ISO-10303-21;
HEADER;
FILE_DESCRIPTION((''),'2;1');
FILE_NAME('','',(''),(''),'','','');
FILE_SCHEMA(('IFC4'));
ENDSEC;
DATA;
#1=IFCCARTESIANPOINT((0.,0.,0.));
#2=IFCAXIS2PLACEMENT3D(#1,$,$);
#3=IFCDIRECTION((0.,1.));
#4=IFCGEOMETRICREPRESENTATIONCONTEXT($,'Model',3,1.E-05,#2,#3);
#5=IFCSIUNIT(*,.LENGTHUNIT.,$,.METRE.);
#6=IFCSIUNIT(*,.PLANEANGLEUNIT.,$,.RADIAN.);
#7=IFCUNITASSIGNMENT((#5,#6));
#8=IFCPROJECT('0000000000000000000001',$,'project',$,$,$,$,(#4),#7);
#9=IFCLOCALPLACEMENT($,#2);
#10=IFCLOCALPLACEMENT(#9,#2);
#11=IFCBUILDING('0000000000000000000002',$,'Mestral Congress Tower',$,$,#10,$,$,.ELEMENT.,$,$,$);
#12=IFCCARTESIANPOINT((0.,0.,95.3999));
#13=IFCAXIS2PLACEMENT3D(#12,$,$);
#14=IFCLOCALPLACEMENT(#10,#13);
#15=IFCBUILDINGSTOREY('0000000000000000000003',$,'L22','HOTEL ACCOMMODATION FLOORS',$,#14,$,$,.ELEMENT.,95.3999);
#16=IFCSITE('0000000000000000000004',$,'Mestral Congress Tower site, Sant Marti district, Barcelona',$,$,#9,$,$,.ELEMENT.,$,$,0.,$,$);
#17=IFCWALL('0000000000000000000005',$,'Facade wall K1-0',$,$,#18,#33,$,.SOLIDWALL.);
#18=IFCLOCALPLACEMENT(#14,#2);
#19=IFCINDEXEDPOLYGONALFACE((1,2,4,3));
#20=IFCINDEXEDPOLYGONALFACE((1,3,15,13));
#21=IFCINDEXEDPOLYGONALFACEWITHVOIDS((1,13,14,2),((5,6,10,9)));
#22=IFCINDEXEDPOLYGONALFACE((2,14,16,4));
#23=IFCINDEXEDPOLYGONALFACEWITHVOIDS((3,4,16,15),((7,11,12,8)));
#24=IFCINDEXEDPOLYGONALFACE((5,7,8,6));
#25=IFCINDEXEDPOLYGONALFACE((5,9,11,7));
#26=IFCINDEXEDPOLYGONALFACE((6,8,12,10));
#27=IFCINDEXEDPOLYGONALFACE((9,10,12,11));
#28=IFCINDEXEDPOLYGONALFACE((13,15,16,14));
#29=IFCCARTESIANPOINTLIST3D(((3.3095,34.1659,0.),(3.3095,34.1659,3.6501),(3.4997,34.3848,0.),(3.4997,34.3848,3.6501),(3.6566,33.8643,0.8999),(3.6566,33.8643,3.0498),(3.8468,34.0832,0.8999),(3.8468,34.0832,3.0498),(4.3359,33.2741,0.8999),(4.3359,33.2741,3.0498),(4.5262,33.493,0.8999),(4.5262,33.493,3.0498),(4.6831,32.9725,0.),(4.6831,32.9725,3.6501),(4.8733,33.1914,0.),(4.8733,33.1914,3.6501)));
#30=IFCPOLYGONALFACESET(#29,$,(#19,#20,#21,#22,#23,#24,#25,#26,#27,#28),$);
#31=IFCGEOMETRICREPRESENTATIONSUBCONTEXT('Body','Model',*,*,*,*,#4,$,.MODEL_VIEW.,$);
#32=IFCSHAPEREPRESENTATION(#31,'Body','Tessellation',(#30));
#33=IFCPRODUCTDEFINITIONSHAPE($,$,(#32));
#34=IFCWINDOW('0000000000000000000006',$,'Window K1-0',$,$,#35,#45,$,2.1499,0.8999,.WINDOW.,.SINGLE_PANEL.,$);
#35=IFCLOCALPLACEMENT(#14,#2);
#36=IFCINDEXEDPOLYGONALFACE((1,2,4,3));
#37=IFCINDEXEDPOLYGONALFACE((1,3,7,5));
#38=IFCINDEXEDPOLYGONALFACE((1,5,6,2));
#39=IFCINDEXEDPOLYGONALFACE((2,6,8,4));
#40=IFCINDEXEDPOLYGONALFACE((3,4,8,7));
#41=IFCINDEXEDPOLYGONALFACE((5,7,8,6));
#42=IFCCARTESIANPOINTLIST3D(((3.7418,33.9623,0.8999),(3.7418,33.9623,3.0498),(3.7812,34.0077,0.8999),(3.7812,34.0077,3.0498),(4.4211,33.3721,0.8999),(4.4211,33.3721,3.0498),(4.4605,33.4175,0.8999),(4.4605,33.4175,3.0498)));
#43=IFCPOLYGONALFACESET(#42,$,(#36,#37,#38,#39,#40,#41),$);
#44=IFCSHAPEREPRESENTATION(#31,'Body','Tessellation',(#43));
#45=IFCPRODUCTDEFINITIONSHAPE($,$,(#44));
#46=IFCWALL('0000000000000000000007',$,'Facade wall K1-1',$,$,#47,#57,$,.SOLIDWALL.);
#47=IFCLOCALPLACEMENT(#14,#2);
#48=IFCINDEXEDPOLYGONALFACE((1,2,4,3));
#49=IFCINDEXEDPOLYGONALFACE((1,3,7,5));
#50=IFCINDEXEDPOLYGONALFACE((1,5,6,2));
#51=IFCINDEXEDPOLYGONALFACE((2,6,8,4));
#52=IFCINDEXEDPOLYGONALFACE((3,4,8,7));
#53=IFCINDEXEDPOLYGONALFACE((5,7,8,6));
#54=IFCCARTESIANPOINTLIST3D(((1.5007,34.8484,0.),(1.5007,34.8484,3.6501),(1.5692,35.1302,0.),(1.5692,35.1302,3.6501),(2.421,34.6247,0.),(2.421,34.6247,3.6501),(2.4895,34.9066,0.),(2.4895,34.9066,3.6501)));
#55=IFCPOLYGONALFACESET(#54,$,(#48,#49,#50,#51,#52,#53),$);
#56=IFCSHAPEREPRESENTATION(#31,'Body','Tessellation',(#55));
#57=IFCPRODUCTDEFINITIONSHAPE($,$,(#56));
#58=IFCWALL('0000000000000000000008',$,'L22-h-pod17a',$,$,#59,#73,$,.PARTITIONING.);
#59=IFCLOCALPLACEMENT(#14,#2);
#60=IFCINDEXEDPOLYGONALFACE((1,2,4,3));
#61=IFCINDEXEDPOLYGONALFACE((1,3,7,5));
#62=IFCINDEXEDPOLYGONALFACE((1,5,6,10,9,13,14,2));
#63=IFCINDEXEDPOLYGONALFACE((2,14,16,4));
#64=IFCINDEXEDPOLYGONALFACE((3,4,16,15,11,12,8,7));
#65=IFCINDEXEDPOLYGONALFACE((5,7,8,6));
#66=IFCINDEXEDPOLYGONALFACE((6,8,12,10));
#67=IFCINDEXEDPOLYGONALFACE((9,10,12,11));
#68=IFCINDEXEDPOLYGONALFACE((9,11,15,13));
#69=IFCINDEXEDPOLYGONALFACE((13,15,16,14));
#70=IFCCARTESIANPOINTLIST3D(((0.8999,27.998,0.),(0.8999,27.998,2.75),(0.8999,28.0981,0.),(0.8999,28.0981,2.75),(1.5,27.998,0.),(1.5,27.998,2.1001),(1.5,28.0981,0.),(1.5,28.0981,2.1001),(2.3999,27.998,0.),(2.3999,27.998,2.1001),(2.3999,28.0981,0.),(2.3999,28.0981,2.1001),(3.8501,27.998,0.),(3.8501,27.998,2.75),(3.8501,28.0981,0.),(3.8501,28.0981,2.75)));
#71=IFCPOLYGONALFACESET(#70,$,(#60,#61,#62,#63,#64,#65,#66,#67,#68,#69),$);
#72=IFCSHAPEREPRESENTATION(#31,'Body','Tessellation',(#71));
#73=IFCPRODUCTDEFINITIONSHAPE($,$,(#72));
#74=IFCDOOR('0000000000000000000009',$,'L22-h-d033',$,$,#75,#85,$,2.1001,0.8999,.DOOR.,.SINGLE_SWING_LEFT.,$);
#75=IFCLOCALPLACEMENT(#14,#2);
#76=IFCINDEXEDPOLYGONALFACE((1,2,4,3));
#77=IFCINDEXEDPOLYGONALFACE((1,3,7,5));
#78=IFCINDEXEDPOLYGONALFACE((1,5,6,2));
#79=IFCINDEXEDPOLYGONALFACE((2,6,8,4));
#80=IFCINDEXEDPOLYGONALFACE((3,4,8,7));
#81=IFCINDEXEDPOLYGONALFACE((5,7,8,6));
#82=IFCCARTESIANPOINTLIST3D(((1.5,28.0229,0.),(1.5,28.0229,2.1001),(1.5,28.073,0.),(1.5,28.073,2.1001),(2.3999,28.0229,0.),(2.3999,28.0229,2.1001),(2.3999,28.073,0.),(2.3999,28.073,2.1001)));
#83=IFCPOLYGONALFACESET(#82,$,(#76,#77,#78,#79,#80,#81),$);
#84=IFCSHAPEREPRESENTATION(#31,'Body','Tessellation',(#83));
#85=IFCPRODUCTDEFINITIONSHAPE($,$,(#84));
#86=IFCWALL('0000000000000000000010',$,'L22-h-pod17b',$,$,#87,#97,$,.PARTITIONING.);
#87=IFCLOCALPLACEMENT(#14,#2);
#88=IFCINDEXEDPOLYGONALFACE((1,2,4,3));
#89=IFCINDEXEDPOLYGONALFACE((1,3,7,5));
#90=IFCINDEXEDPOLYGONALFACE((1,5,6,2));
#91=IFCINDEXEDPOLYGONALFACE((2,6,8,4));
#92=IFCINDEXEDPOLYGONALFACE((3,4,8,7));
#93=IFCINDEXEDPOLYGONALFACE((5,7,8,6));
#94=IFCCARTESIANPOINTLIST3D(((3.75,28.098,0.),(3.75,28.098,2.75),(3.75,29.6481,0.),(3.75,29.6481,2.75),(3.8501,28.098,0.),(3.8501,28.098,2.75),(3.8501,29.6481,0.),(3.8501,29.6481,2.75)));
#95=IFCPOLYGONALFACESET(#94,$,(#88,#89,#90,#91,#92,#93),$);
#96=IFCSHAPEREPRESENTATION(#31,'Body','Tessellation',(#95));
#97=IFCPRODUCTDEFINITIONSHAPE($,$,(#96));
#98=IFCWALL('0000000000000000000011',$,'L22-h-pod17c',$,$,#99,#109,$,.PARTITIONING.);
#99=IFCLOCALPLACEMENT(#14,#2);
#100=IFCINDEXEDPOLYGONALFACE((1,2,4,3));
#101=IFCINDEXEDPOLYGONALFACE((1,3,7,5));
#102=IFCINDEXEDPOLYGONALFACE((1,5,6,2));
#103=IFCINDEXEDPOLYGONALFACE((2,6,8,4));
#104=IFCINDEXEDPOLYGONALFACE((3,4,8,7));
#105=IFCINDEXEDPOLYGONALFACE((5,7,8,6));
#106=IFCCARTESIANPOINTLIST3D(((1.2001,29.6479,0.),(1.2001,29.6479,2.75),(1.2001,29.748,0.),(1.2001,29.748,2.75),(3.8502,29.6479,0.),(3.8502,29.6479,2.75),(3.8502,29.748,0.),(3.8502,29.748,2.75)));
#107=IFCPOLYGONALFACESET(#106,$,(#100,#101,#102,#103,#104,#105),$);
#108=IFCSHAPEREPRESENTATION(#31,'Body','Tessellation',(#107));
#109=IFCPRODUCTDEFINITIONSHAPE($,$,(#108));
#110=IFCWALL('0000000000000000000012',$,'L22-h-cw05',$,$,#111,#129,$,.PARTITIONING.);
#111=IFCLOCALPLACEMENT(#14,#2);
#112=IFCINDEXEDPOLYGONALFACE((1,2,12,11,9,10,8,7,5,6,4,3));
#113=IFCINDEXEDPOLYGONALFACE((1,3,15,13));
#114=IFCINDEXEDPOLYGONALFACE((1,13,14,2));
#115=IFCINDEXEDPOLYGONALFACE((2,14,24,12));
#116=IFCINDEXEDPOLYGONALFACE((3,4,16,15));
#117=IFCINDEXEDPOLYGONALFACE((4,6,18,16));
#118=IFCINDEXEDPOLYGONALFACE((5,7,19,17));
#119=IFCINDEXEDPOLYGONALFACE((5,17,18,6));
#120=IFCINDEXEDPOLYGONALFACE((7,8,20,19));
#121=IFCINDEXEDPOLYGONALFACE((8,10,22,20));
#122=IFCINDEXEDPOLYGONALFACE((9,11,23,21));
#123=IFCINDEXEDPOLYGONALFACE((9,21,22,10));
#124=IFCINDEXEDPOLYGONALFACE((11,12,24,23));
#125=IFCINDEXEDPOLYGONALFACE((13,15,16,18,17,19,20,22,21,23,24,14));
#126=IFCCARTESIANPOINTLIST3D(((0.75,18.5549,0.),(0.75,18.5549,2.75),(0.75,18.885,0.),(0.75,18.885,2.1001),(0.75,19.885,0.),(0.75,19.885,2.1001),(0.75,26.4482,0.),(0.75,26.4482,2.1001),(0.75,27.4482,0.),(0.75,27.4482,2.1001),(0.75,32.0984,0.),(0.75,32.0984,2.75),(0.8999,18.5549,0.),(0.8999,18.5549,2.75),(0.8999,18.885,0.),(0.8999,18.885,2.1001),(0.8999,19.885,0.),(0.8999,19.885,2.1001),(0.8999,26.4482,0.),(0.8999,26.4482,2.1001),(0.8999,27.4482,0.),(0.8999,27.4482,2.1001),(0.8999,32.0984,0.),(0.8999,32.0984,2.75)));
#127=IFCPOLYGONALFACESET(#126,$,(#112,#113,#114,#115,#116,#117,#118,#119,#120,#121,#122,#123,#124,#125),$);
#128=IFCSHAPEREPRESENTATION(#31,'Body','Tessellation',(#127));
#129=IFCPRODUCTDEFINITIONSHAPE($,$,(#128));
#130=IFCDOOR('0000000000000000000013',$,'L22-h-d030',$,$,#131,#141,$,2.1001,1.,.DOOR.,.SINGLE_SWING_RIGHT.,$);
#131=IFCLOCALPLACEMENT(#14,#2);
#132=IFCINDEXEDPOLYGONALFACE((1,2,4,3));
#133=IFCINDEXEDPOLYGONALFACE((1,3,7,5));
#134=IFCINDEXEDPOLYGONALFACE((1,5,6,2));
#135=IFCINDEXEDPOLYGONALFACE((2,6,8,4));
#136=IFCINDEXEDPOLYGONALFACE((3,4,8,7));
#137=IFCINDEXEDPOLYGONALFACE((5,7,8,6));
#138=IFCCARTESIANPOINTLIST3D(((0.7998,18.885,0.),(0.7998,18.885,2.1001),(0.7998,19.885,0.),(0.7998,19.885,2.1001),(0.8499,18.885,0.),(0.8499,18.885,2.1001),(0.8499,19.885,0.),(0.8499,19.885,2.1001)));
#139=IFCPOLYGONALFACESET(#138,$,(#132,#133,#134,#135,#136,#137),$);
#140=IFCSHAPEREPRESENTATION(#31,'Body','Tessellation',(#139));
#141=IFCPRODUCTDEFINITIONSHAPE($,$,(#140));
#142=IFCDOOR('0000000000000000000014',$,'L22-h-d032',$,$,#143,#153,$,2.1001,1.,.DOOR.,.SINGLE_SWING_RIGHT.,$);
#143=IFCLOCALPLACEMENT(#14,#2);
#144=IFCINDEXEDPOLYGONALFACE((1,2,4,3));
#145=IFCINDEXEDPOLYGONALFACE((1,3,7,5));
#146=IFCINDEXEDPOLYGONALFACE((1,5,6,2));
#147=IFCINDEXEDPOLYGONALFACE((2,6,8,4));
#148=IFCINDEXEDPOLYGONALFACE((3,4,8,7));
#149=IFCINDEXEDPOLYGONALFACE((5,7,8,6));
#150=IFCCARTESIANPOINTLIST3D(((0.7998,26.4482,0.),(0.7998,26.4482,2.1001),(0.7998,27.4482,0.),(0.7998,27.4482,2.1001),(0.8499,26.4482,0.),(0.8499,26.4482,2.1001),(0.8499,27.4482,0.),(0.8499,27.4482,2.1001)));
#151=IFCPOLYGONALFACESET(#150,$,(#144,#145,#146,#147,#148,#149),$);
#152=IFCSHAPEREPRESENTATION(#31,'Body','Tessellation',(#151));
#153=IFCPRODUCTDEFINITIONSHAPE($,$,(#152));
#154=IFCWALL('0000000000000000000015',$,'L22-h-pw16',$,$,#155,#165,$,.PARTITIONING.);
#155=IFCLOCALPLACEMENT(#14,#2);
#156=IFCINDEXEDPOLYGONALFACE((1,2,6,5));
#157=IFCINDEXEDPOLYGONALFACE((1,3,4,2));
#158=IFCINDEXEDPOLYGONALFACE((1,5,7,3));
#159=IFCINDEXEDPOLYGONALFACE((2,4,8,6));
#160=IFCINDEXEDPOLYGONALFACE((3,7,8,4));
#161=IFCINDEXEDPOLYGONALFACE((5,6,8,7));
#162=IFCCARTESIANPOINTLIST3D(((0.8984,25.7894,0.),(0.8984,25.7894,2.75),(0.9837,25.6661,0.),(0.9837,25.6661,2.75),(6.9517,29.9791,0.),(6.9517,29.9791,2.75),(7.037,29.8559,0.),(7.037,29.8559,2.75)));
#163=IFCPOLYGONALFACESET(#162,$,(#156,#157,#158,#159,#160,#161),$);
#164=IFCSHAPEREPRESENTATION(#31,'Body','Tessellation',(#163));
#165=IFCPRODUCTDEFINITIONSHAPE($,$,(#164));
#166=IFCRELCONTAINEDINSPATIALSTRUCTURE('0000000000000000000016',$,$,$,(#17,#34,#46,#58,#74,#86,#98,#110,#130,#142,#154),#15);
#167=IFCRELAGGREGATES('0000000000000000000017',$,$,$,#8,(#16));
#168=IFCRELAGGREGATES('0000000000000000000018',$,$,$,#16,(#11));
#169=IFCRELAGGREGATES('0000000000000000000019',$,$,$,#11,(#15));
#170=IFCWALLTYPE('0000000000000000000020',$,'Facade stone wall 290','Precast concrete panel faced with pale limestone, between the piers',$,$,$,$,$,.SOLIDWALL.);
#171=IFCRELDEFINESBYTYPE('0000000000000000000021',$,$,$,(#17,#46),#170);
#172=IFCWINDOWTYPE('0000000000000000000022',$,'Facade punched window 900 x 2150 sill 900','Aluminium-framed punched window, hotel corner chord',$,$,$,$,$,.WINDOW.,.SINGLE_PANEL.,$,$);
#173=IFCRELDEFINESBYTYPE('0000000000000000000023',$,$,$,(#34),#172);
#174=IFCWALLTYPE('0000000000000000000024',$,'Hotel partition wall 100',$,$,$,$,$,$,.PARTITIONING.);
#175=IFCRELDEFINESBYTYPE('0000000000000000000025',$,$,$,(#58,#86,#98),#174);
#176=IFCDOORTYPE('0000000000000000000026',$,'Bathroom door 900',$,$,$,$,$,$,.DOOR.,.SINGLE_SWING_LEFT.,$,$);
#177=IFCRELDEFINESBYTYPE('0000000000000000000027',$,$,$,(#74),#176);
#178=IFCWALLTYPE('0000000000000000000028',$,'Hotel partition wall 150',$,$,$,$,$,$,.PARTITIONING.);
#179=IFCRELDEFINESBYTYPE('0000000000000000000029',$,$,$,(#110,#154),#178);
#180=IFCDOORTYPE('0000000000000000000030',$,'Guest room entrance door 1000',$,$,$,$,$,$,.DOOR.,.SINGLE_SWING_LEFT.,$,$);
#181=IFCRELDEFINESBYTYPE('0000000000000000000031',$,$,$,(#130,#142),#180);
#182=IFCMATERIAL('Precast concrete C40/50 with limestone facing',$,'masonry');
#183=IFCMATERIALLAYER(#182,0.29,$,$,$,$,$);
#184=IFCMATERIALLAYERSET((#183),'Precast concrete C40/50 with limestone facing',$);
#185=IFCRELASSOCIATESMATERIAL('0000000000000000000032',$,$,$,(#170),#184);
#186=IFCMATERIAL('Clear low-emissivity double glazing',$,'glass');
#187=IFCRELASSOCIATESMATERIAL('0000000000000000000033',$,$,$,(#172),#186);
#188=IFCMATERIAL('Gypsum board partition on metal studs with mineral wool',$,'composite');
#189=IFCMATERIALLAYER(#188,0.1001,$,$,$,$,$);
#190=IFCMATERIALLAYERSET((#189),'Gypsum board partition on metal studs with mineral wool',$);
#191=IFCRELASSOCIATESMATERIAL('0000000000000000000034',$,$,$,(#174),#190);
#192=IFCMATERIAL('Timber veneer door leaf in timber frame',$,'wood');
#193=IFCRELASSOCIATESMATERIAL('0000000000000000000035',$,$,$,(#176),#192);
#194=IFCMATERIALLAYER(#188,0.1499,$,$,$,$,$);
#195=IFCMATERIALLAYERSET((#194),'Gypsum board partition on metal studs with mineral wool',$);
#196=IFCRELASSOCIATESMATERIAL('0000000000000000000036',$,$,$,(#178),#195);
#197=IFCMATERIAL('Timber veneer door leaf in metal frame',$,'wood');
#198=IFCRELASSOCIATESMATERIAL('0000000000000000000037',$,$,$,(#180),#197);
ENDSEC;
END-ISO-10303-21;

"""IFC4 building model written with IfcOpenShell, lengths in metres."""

from ifc_helpers import new_model, si_unit, direction, frame, frame_2d, origin, place, context, subcontext, project, spatial, rectangle, extrude, material, layer, layer_set, type_object, element, fill, save


model = new_model("IFC4")

# Units and contexts
model_context = context("Model", 3, precision=1e-05, world=origin(), true_north=direction((0.0, 1.0)))
body_context = subcontext(model_context, "Body", "Model", "MODEL_VIEW")
ifc_project = project(units=[si_unit("LENGTHUNIT", "METRE"), si_unit("PLANEANGLEUNIT", "RADIAN")], contexts=[model_context])

# Site, building, storey
site_placement = place(None, origin())
site = spatial("IfcSite", under=ifc_project, at=site_placement, Name="Mestral Congress Tower site, Sant Marti district, Barcelona", CompositionType="ELEMENT", RefElevation=0.0)
building_placement = place(site_placement, origin())
building = spatial("IfcBuilding", under=site, at=building_placement, Name="Mestral Congress Tower", CompositionType="ELEMENT")
storey_placement = place(building_placement, frame((0.0, 0.0, 95.3999)))
storey = spatial("IfcBuildingStorey", under=building, at=storey_placement, Name="L22", Description="HOTEL ACCOMMODATION FLOORS", CompositionType="ELEMENT", Elevation=95.3999)

# Wall, opening, window
ifc_material_1 = material(Name="Precast concrete C40/50 with limestone facing", Category="masonry")
ifc_layer_1 = layer(ifc_material_1, 0.29)
ifc_layer_set_1 = layer_set([ifc_layer_1], Name="Precast concrete C40/50 with limestone facing")
wall_type_1 = type_object("IfcWallType", Name="Facade stone wall 290", Description="Precast concrete panel faced with pale limestone, between the piers", PredefinedType="SOLIDWALL", material=ifc_layer_set_1)
wall_1_placement = place(storey_placement, frame((4.7781, 33.082, 0.0), z_axis=(0.0, 0.0, 1.0), x_axis=(-0.754883, 0.65586, 0.0)))
wall_1 = element("IfcWall", 1, at=wall_1_placement, inside=storey, type_object=wall_type_1, Name="Facade wall K1-0", PredefinedType="SOLIDWALL", context=body_context, shape_type="SweptSolid", body=[
    extrude(rectangle(XDim=1.8196, YDim=0.29, at=frame_2d((0.9097, 0.0))), origin(), (0.0, 0.0, 1.0), 3.6501),
])
opening_1_placement = place(wall_1_placement, frame((0.4597, 0.0, 0.8999)))
opening_1 = element("IfcOpeningElement", 2, at=opening_1_placement, cuts=wall_1, PredefinedType="OPENING", context=body_context, shape_type="SweptSolid", body=[
    extrude(rectangle(XDim=0.8999, YDim=2.1499, at=frame_2d((0.45, 1.075))), frame((0.0, 0.155, 0.0), z_axis=(0.0, -1.0, 0.0), x_axis=(1.0, 0.0, 0.0)), (0.0, 0.0, 1.0), 0.3101),
])
ifc_material_2 = material(Name="Clear low-emissivity double glazing", Category="glass")
window_type = type_object("IfcWindowType", Name="Facade punched window 900 x 2150 sill 900", Description="Aluminium-framed punched window, hotel corner chord", PartitioningType="SINGLE_PANEL", PredefinedType="WINDOW", material=ifc_material_2)
window_placement = place(opening_1_placement, origin())
window = element("IfcWindow", 3, at=window_placement, inside=storey, type_object=window_type, Name="Window K1-0", OverallHeight=2.1499, OverallWidth=0.8999, PartitioningType="SINGLE_PANEL", PredefinedType="WINDOW", context=body_context, shape_type="SweptSolid", body=[
    extrude(rectangle(XDim=0.8999, YDim=2.1499, at=frame_2d((0.45, 1.075))), frame((0.0, 0.0151, 0.0), z_axis=(0.0, -1.0, 0.0), x_axis=(1.0, 0.0, 0.0)), (0.0, 0.0, 1.0), 0.0601),
])
fill(opening_1, window)

# Wall
wall_2_placement = place(storey_placement, frame((2.4553, 34.7656, 0.0), z_axis=(0.0, 0.0, 1.0), x_axis=(-0.971714, 0.236161, 0.0)))
element("IfcWall", 4, at=wall_2_placement, inside=storey, type_object=wall_type_1, Name="Facade wall K1-1", PredefinedType="SOLIDWALL", context=body_context, shape_type="SweptSolid", body=[
    extrude(rectangle(XDim=0.947, YDim=0.29, at=frame_2d((0.4736, 0.0))), origin(), (0.0, 0.0, 1.0), 3.6501),
])

# Wall, opening, door
ifc_material_3 = material(Name="Gypsum board partition on metal studs with mineral wool", Category="composite")
ifc_layer_2 = layer(ifc_material_3, 0.1001)
ifc_layer_set_2 = layer_set([ifc_layer_2], Name="Gypsum board partition on metal studs with mineral wool")
wall_type_2 = type_object("IfcWallType", Name="Hotel partition wall 100", PredefinedType="PARTITIONING", material=ifc_layer_set_2)
wall_3_placement = place(storey_placement, frame((0.8999, 28.0481, 0.0), z_axis=(0.0, 0.0, 1.0), x_axis=(1.0, 0.0, 0.0)))
wall_3 = element("IfcWall", 5, at=wall_3_placement, inside=storey, type_object=wall_type_2, Name="L22-h-pod17a", PredefinedType="PARTITIONING", context=body_context, shape_type="SweptSolid", body=[
    extrude(rectangle(XDim=2.9502, YDim=0.1001, at=frame_2d((1.4751, 0.0))), origin(), (0.0, 0.0, 1.0), 2.75),
])
opening_2_placement = place(wall_3_placement, frame((0.6001, 0.0, 0.0)))
opening_2 = element("IfcOpeningElement", 6, at=opening_2_placement, cuts=wall_3, PredefinedType="OPENING", context=body_context, shape_type="SweptSolid", body=[
    extrude(rectangle(XDim=0.8999, YDim=2.1001, at=frame_2d((0.45, 1.05))), frame((0.0, 0.0601, 0.0), z_axis=(0.0, -1.0, 0.0), x_axis=(1.0, 0.0, 0.0)), (0.0, 0.0, 1.0), 0.1201),
])
ifc_material_4 = material(Name="Timber veneer door leaf in timber frame", Category="wood")
door_type_1 = type_object("IfcDoorType", Name="Bathroom door 900", OperationType="SINGLE_SWING_LEFT", PredefinedType="DOOR", material=ifc_material_4)
door_1_placement = place(opening_2_placement, origin())
door_1 = element("IfcDoor", 7, at=door_1_placement, inside=storey, type_object=door_type_1, Name="L22-h-d033", OperationType="SINGLE_SWING_LEFT", OverallHeight=2.1001, OverallWidth=0.8999, PredefinedType="DOOR", context=body_context, shape_type="SweptSolid", body=[
    extrude(rectangle(XDim=0.8999, YDim=2.1001, at=frame_2d((0.45, 1.05))), frame((0.0, 0.0249, 0.0), z_axis=(0.0, -1.0, 0.0), x_axis=(1.0, 0.0, 0.0)), (0.0, 0.0, 1.0), 0.05),
])
fill(opening_2, door_1)

# Walls
wall_4_placement = place(storey_placement, frame((3.8, 28.0981, 0.0), z_axis=(0.0, 0.0, 1.0), x_axis=(0.0, 1.0, 0.0)))
element("IfcWall", 8, at=wall_4_placement, inside=storey, type_object=wall_type_2, Name="L22-h-pod17b", PredefinedType="PARTITIONING", context=body_context, shape_type="SweptSolid", body=[
    extrude(rectangle(XDim=1.55, YDim=0.1001, at=frame_2d((0.7749, 0.0))), origin(), (0.0, 0.0, 1.0), 2.75),
])
wall_5_placement = place(storey_placement, frame((1.2, 29.698, 0.0), z_axis=(0.0, 0.0, 1.0), x_axis=(1.0, 0.0, 0.0)))
element("IfcWall", 9, at=wall_5_placement, inside=storey, type_object=wall_type_2, Name="L22-h-pod17c", PredefinedType="PARTITIONING", context=body_context, shape_type="SweptSolid", body=[
    extrude(rectangle(XDim=2.6501, YDim=0.1001, at=frame_2d((1.3252, 0.0))), origin(), (0.0, 0.0, 1.0), 2.75),
])

# Wall, openings, doors
ifc_layer_3 = layer(ifc_material_3, 0.1499)
ifc_layer_set_3 = layer_set([ifc_layer_3], Name="Gypsum board partition on metal studs with mineral wool")
wall_type_3 = type_object("IfcWallType", Name="Hotel partition wall 150", PredefinedType="PARTITIONING", material=ifc_layer_set_3)
wall_6_placement = place(storey_placement, frame((0.825, 32.0984, 0.0), z_axis=(0.0, 0.0, 1.0), x_axis=(0.0, -1.0, 0.0)))
wall_6 = element("IfcWall", 10, at=wall_6_placement, inside=storey, type_object=wall_type_3, Name="L22-h-cw05", PredefinedType="PARTITIONING", context=body_context, shape_type="SweptSolid", body=[
    extrude(rectangle(XDim=13.5435, YDim=0.1499, at=frame_2d((6.7717, 0.0))), origin(), (0.0, 0.0, 1.0), 2.75),
])
opening_3_placement = place(wall_6_placement, frame((12.2134, 0.0, 0.0)))
opening_3 = element("IfcOpeningElement", 11, at=opening_3_placement, cuts=wall_6, PredefinedType="OPENING", context=body_context, shape_type="SweptSolid", body=[
    extrude(rectangle(XDim=1.0, YDim=2.1001, at=frame_2d((0.5, 1.05))), frame((0.0, 0.085, 0.0), z_axis=(0.0, -1.0, 0.0), x_axis=(1.0, 0.0, 0.0)), (0.0, 0.0, 1.0), 0.1699),
])
opening_4_placement = place(wall_6_placement, frame((4.6501, 0.0, 0.0)))
opening_4 = element("IfcOpeningElement", 12, at=opening_4_placement, cuts=wall_6, PredefinedType="OPENING", context=body_context, shape_type="SweptSolid", body=[
    extrude(rectangle(XDim=1.0, YDim=2.1001, at=frame_2d((0.5, 1.05))), frame((0.0, 0.085, 0.0), z_axis=(0.0, -1.0, 0.0), x_axis=(1.0, 0.0, 0.0)), (0.0, 0.0, 1.0), 0.1699),
])
ifc_material_5 = material(Name="Timber veneer door leaf in metal frame", Category="wood")
door_type_2 = type_object("IfcDoorType", Name="Guest room entrance door 1000", OperationType="SINGLE_SWING_LEFT", PredefinedType="DOOR", material=ifc_material_5)
door_2_placement = place(opening_3_placement, origin())
door_2 = element("IfcDoor", 13, at=door_2_placement, inside=storey, type_object=door_type_2, Name="L22-h-d030", OperationType="SINGLE_SWING_RIGHT", OverallHeight=2.1001, OverallWidth=1.0, PredefinedType="DOOR", context=body_context, shape_type="SweptSolid", body=[
    extrude(rectangle(XDim=1.0, YDim=2.1001, at=frame_2d((0.5, 1.05))), frame((0.0, 0.0249, 0.0), z_axis=(0.0, -1.0, 0.0), x_axis=(1.0, 0.0, 0.0)), (0.0, 0.0, 1.0), 0.05),
])
fill(opening_3, door_2)
door_3_placement = place(opening_4_placement, origin())
door_3 = element("IfcDoor", 14, at=door_3_placement, inside=storey, type_object=door_type_2, Name="L22-h-d032", OperationType="SINGLE_SWING_RIGHT", OverallHeight=2.1001, OverallWidth=1.0, PredefinedType="DOOR", context=body_context, shape_type="SweptSolid", body=[
    extrude(rectangle(XDim=1.0, YDim=2.1001, at=frame_2d((0.5, 1.05))), frame((0.0, 0.0249, 0.0), z_axis=(0.0, -1.0, 0.0), x_axis=(1.0, 0.0, 0.0)), (0.0, 0.0, 1.0), 0.05),
])
fill(opening_4, door_3)

# Wall
wall_7_placement = place(storey_placement, frame((6.9944, 29.9175, 0.0), z_axis=(0.0, 0.0, 1.0), x_axis=(-0.822255, -0.569119, 0.0)))
element("IfcWall", 15, at=wall_7_placement, inside=storey, type_object=wall_type_3, Name="L22-h-pw16", PredefinedType="PARTITIONING", context=body_context, shape_type="SweptSolid", body=[
    extrude(rectangle(XDim=7.3618, YDim=0.1499, at=frame_2d((3.6809, 0.0))), origin(), (0.0, 0.0, 1.0), 2.75),
])

save(model, "model.ifc")
